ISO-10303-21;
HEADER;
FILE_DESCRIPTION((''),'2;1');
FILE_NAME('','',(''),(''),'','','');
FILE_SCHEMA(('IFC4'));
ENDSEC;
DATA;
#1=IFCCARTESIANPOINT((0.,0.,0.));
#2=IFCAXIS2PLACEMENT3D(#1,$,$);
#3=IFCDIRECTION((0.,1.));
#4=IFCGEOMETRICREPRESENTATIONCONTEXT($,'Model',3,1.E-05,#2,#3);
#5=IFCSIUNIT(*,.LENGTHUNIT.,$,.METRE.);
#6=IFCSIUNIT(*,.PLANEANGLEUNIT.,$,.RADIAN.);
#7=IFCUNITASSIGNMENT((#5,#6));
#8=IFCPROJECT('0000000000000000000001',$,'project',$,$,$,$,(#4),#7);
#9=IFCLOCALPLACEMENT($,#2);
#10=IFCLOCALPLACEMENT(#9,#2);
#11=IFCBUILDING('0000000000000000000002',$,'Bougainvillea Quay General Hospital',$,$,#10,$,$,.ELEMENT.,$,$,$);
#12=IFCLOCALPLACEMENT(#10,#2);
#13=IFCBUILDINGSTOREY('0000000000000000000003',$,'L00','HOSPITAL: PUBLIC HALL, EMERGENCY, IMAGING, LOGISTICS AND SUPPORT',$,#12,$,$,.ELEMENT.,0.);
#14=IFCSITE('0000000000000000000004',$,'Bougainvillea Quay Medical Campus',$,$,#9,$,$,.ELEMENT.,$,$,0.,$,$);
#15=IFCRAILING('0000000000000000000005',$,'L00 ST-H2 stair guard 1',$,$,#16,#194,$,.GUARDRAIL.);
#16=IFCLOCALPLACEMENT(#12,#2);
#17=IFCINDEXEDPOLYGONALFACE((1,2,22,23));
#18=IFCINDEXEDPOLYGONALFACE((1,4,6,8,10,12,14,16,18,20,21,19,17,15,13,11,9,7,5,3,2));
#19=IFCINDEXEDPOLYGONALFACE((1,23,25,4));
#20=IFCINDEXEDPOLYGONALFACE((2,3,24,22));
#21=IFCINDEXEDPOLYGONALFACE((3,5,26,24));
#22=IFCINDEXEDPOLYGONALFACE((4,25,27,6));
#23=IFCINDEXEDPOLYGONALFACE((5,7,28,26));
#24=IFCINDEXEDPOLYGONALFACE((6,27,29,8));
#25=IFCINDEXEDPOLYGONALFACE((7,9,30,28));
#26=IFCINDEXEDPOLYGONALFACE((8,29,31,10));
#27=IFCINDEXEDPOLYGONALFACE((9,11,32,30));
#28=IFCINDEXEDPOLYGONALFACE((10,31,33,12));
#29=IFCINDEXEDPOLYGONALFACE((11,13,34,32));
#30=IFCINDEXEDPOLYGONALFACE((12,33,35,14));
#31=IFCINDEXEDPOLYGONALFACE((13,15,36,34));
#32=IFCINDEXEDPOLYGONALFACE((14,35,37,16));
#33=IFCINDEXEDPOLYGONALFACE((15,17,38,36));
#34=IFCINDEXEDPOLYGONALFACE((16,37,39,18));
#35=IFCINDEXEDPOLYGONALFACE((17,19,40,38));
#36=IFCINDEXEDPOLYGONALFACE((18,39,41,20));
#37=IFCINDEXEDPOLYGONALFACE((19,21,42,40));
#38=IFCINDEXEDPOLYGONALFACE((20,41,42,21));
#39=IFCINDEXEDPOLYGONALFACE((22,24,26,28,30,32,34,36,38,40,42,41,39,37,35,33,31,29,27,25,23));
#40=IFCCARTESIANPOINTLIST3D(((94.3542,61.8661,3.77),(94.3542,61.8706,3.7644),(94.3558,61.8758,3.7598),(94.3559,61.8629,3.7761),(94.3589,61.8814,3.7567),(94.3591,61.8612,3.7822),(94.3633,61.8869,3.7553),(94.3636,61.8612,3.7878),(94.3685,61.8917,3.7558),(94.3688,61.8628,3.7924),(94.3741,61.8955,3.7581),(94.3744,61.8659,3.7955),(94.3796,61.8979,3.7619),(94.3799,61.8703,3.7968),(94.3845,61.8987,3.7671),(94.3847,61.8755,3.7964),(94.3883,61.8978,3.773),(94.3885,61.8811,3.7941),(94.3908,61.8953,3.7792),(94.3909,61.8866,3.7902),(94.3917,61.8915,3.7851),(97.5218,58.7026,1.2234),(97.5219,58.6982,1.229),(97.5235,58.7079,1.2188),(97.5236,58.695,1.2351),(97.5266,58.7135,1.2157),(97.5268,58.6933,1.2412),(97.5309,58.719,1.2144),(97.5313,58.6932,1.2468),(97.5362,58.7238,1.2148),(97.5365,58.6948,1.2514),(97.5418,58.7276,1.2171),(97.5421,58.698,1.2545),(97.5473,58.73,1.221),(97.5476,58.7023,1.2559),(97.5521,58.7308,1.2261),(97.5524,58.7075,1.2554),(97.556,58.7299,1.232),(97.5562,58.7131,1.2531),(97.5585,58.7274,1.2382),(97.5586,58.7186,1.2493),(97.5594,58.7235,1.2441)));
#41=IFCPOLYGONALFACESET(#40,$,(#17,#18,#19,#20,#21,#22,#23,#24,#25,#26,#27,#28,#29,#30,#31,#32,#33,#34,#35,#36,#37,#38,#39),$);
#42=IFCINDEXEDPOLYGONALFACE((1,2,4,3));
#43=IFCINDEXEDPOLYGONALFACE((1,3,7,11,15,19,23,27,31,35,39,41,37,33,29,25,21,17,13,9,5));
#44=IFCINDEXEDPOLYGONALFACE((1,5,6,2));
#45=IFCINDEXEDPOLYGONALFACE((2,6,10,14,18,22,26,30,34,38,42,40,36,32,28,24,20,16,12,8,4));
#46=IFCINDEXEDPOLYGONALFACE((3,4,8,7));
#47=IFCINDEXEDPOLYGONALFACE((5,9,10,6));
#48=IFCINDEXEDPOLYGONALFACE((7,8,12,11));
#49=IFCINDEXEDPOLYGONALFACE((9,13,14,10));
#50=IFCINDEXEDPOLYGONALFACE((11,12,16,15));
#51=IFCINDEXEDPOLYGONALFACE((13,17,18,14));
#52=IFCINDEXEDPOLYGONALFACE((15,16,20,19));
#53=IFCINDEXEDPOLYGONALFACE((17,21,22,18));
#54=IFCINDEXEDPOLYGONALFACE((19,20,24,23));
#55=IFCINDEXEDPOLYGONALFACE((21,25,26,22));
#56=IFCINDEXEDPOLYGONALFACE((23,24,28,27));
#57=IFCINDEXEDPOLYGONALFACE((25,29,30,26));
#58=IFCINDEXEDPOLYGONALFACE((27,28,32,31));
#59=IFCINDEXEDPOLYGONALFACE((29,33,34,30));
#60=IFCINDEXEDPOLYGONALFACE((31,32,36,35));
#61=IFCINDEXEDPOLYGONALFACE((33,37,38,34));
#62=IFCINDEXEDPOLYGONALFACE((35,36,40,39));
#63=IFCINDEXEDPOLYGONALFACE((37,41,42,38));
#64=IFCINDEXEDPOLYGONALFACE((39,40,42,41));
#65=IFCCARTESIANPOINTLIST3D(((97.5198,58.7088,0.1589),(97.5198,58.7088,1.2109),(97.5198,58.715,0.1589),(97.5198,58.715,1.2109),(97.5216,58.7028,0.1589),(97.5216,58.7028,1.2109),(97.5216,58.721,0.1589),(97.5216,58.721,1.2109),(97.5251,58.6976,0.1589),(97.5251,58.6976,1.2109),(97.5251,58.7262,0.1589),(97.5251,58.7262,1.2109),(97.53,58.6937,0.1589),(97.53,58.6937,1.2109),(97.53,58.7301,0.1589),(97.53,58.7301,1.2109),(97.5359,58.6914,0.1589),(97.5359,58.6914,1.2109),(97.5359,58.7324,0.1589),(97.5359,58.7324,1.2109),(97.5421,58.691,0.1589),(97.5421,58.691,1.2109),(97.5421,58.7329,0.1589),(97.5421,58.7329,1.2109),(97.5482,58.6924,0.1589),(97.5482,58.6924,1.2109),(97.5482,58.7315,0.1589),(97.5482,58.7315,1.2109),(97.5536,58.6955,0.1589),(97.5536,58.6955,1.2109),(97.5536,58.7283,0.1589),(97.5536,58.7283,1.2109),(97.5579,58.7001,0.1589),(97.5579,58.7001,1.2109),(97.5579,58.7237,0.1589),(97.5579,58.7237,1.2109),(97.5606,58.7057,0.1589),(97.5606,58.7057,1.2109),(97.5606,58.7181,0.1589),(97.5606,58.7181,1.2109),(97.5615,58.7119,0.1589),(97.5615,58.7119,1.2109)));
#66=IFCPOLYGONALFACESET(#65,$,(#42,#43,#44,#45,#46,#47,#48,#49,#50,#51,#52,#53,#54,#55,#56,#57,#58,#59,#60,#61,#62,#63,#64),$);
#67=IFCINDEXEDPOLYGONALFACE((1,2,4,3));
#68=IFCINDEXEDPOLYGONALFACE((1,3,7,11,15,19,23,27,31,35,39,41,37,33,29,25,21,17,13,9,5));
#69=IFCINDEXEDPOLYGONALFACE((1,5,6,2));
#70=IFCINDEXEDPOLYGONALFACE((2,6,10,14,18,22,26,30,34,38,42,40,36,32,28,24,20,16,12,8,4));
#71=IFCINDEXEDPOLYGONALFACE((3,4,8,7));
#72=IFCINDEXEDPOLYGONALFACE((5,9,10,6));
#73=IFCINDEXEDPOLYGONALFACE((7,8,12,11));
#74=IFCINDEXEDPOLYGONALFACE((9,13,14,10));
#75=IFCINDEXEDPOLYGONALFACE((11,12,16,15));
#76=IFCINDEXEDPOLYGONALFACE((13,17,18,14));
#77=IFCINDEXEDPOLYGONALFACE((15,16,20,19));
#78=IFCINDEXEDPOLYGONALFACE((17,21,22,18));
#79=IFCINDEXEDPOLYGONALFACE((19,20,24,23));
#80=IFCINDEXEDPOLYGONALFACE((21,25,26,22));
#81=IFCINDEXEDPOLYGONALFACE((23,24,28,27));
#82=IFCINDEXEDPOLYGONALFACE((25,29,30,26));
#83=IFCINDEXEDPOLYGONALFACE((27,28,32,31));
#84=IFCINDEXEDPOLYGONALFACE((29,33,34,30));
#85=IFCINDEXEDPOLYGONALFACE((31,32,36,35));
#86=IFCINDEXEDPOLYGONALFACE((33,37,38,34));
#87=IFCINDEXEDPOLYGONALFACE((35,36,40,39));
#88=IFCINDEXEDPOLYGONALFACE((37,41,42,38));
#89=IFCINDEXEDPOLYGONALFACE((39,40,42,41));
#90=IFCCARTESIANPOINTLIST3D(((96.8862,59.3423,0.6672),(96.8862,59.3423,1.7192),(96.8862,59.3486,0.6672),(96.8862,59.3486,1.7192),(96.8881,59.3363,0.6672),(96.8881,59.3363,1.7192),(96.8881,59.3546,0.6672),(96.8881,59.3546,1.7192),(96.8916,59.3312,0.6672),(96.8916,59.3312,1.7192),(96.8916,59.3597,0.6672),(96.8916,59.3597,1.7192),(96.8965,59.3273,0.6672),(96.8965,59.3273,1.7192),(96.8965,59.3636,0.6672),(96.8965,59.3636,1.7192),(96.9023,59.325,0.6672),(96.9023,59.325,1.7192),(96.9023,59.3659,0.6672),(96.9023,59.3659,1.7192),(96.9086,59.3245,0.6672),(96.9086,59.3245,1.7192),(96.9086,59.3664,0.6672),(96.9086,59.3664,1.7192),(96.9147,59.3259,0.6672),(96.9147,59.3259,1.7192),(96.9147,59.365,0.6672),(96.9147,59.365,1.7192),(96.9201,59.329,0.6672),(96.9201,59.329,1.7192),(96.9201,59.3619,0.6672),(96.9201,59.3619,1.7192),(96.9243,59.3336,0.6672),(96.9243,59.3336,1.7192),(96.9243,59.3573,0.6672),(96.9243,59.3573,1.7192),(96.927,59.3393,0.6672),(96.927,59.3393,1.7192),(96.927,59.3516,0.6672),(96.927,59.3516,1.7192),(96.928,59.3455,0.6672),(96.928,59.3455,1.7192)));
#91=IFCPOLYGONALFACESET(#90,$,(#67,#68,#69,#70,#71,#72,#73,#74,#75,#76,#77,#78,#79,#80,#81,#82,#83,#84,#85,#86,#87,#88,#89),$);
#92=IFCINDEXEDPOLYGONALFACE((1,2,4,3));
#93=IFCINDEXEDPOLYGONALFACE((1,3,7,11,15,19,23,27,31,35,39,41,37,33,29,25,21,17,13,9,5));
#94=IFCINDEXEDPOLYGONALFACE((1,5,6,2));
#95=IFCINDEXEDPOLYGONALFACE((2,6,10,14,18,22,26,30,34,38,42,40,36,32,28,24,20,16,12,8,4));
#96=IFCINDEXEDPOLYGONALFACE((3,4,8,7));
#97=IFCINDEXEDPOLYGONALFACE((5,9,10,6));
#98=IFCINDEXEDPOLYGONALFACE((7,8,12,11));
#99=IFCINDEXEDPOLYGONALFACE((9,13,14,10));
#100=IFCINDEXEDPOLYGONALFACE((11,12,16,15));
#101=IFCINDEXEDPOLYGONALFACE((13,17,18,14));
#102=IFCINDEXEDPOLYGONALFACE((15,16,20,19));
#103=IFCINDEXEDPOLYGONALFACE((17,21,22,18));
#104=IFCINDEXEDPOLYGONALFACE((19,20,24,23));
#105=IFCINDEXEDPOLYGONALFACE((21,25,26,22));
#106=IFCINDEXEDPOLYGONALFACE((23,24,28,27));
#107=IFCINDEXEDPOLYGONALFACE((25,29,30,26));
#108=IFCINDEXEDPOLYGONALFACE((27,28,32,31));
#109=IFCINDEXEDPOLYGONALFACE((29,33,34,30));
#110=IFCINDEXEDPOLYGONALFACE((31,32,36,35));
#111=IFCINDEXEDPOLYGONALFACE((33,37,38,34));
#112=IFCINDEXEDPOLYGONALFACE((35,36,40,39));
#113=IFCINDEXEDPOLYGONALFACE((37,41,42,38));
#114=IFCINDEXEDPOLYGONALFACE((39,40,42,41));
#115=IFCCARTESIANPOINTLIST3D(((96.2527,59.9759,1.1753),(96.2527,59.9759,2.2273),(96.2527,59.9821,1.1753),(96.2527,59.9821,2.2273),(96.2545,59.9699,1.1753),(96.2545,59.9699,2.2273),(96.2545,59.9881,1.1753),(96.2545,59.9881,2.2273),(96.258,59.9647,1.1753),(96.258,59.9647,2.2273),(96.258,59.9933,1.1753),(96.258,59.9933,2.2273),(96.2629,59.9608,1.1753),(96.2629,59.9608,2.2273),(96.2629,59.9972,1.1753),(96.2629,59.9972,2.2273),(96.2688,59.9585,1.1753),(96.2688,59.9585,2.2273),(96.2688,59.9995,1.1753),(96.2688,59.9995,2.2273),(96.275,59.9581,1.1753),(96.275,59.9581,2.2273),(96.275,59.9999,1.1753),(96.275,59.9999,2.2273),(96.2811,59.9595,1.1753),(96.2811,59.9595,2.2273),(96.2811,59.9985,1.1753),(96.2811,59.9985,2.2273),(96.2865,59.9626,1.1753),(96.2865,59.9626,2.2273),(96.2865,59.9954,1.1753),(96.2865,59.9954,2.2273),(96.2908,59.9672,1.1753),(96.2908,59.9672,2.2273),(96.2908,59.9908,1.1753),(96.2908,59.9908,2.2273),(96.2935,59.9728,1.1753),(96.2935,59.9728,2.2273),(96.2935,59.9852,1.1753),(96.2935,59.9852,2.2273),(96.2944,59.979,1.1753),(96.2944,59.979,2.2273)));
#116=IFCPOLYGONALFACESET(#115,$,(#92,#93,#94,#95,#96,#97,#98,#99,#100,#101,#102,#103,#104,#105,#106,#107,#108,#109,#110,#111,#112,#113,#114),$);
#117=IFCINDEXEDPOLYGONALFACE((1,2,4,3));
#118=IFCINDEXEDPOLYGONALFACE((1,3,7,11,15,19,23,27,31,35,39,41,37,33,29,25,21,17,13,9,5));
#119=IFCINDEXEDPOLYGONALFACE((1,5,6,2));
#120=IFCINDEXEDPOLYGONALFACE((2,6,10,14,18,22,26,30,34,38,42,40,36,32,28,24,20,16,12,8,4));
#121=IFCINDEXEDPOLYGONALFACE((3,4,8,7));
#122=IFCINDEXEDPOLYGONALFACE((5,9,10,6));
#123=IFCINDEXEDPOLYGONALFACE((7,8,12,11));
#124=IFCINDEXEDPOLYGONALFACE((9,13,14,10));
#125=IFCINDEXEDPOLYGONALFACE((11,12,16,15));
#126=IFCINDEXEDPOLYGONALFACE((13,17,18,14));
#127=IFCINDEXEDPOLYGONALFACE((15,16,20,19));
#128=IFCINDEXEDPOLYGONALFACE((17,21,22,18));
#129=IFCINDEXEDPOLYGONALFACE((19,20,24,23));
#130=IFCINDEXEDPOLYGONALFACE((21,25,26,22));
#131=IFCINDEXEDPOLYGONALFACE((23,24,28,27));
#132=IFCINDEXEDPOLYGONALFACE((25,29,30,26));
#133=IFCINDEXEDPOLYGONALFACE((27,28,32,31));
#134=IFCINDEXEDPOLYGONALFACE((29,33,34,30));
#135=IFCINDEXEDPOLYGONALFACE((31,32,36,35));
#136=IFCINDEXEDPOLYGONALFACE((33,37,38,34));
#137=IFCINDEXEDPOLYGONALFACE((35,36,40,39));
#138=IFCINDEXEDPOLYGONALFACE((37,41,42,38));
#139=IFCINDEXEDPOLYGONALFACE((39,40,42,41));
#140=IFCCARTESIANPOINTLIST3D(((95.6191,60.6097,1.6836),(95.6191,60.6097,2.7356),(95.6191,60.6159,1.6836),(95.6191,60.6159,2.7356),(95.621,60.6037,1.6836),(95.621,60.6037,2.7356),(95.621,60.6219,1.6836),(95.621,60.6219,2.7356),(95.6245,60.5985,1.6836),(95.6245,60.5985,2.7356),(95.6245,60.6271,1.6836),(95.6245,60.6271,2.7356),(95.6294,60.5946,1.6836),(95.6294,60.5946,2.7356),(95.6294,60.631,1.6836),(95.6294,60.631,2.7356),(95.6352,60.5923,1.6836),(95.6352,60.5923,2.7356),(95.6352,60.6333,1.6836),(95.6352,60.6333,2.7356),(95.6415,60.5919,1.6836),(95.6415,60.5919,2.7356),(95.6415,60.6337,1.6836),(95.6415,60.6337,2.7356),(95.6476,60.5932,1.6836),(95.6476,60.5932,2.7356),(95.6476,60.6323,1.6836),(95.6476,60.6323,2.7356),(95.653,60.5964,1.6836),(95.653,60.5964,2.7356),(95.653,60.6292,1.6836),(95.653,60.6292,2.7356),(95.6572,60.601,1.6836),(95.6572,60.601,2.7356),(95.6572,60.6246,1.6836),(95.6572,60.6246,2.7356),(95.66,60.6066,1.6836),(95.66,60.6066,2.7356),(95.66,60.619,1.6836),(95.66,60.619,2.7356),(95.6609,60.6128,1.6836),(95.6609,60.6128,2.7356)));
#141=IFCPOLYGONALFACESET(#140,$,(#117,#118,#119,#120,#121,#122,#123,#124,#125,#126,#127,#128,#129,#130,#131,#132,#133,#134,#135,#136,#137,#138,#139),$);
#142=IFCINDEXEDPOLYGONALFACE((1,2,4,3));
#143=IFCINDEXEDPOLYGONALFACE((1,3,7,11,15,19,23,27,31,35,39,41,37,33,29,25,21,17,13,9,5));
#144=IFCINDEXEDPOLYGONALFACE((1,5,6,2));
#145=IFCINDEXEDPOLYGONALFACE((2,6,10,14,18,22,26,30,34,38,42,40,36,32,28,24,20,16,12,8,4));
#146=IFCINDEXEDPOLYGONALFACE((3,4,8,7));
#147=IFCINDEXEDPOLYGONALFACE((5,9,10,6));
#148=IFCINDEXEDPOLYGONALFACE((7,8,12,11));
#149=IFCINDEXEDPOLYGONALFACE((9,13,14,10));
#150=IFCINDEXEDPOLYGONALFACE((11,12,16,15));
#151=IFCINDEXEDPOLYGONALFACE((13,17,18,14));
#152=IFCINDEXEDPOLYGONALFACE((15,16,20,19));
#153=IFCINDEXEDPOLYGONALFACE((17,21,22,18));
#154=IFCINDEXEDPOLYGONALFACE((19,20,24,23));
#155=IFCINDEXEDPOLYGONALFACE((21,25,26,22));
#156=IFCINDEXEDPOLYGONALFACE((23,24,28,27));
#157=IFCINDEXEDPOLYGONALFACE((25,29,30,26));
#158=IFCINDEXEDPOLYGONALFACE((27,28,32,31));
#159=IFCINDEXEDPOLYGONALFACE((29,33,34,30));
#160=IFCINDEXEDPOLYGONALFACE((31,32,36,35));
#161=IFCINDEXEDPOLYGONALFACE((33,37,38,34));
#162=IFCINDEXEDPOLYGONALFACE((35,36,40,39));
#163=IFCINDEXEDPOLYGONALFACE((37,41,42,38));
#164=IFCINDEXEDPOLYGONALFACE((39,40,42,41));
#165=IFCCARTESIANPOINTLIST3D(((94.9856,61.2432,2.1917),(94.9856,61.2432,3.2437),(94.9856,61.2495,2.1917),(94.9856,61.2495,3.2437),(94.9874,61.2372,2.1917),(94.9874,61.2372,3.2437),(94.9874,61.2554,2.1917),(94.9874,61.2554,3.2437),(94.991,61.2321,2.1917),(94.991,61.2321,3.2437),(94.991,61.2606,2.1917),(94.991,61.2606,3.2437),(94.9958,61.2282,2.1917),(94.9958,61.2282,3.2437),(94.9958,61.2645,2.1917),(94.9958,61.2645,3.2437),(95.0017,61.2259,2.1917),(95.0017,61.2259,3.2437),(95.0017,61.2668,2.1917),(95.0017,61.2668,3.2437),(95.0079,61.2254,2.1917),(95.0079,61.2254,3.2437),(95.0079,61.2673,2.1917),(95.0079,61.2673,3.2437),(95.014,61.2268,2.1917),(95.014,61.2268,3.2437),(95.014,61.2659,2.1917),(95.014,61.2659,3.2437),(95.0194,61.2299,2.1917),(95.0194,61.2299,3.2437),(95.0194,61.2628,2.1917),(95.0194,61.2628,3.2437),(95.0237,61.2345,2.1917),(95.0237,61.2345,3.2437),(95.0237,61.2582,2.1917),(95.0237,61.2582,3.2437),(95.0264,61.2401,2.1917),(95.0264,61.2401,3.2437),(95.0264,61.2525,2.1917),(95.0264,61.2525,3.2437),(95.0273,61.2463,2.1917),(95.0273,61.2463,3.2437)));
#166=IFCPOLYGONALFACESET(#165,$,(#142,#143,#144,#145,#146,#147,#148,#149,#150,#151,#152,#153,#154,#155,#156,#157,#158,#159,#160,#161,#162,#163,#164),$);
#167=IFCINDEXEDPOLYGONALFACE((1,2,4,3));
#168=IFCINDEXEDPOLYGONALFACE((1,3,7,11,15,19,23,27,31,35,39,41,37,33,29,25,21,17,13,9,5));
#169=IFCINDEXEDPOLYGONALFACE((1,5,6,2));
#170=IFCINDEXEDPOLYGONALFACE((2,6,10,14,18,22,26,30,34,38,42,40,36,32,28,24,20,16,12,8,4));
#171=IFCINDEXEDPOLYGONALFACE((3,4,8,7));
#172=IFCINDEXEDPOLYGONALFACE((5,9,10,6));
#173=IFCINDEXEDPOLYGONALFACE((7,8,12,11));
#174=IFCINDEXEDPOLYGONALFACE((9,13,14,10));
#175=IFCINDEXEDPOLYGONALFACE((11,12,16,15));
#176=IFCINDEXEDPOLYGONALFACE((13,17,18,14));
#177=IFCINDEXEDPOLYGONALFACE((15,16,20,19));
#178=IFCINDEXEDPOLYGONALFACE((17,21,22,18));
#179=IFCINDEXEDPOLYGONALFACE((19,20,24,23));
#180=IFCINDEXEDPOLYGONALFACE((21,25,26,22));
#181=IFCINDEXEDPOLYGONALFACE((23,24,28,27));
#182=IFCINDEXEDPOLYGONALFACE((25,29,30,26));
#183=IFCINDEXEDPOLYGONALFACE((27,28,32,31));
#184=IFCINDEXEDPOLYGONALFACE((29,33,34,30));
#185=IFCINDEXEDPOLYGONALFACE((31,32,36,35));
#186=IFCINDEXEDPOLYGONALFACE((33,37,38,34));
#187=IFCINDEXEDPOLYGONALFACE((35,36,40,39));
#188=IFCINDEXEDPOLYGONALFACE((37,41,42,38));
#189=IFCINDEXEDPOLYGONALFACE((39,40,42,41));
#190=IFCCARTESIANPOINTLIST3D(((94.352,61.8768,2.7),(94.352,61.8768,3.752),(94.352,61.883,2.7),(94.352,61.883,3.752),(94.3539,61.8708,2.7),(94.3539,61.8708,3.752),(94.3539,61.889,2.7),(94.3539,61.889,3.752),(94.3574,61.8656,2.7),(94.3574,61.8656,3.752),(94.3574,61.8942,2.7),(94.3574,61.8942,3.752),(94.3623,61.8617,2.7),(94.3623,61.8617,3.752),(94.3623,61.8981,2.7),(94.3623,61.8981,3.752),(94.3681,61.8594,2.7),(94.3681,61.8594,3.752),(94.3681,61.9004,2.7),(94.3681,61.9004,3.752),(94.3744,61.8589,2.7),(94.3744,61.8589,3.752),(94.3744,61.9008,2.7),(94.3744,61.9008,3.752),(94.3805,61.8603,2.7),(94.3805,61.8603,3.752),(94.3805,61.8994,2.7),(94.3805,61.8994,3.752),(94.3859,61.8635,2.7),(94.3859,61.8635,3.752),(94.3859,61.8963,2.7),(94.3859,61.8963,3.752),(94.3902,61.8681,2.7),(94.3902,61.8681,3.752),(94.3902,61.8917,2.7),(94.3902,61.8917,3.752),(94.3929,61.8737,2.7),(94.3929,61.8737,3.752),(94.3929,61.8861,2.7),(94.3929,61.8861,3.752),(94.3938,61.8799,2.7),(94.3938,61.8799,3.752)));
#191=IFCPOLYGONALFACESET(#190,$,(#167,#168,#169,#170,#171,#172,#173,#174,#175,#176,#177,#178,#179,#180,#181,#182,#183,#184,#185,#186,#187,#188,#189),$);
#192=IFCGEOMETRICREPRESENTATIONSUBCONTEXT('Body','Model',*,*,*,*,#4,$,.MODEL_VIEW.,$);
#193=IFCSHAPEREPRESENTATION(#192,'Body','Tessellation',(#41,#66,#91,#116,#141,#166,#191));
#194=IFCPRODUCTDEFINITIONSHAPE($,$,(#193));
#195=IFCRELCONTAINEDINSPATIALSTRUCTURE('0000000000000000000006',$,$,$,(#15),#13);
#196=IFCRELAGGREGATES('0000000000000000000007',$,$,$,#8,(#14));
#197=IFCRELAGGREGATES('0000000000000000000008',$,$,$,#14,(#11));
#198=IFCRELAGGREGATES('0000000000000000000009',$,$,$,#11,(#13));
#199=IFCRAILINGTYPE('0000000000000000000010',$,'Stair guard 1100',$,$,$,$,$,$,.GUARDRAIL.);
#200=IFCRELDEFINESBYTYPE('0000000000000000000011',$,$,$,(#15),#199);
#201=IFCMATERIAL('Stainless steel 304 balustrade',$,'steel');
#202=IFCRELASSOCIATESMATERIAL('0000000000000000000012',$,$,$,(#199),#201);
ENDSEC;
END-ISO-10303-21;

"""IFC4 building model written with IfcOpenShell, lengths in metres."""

from ifc_helpers import new_model, si_unit, direction, frame, origin, origin_2d, place, context, subcontext, project, spatial, circle, extrude, material, type_object, element, save


model = new_model("IFC4")

# Units and contexts
model_context = context("Model", 3, precision=1e-05, world=origin(), true_north=direction((0.0, 1.0)))
body_context = subcontext(model_context, "Body", "Model", "MODEL_VIEW")
ifc_project = project(units=[si_unit("LENGTHUNIT", "METRE"), si_unit("PLANEANGLEUNIT", "RADIAN")], contexts=[model_context])

# Site, building, storey
site_placement = place(None, origin())
site = spatial("IfcSite", under=ifc_project, at=site_placement, Name="Bougainvillea Quay Medical Campus", CompositionType="ELEMENT", RefElevation=0.0)
building_placement = place(site_placement, origin())
building = spatial("IfcBuilding", under=site, at=building_placement, Name="Bougainvillea Quay General Hospital", CompositionType="ELEMENT")
storey_placement = place(building_placement, origin())
storey = spatial("IfcBuildingStorey", under=building, at=storey_placement, Name="L00", Description="HOSPITAL: PUBLIC HALL, EMERGENCY, IMAGING, LOGISTICS AND SUPPORT", CompositionType="ELEMENT", Elevation=0.0)

# Railing
ifc_material_1 = material(Name="Stainless steel 304 balustrade", Category="steel")
railing_type_1 = type_object("IfcRailingType", Name="Stair guard 1100", PredefinedType="GUARDRAIL", material=ifc_material_1)
railing_1_placement = place(storey_placement, frame((97.5405, 58.7119, 0.1589)))
element("IfcRailing", 1, at=railing_1_placement, inside=storey, type_object=railing_type_1, Name="L00 ST-H2 stair guard 1", PredefinedType="GUARDRAIL", context=body_context, shape_type="SweptSolid", body=[
    extrude(circle(Radius=0.0239, at=origin_2d()), frame((0.0, 0.0, 1.0762), z_axis=(-0.615037, 0.615084, 0.493357), x_axis=(-0.707134, -0.70708, 0.0)), (0.0, 0.0, 1.0), 5.1504),
    extrude(circle(Radius=0.021, at=origin_2d()), origin(), (0.0, 0.0, 1.0), 1.052),
    extrude(circle(Radius=0.021, at=origin_2d()), frame((-0.6335, 0.6335, 0.5083)), (0.0, 0.0, 1.0), 1.052),
    extrude(circle(Radius=0.021, at=origin_2d()), frame((-1.2671, 1.2671, 1.0164)), (0.0, 0.0, 1.0), 1.052),
    extrude(circle(Radius=0.021, at=origin_2d()), frame((-1.9006, 1.9009, 1.5247)), (0.0, 0.0, 1.0), 1.052),
    extrude(circle(Radius=0.021, at=origin_2d()), frame((-2.5342, 2.5344, 2.0327)), (0.0, 0.0, 1.0), 1.052),
    extrude(circle(Radius=0.021, at=origin_2d()), frame((-3.1677, 3.168, 2.541)), (0.0, 0.0, 1.0), 1.052),
])

save(model, "model.ifc")
